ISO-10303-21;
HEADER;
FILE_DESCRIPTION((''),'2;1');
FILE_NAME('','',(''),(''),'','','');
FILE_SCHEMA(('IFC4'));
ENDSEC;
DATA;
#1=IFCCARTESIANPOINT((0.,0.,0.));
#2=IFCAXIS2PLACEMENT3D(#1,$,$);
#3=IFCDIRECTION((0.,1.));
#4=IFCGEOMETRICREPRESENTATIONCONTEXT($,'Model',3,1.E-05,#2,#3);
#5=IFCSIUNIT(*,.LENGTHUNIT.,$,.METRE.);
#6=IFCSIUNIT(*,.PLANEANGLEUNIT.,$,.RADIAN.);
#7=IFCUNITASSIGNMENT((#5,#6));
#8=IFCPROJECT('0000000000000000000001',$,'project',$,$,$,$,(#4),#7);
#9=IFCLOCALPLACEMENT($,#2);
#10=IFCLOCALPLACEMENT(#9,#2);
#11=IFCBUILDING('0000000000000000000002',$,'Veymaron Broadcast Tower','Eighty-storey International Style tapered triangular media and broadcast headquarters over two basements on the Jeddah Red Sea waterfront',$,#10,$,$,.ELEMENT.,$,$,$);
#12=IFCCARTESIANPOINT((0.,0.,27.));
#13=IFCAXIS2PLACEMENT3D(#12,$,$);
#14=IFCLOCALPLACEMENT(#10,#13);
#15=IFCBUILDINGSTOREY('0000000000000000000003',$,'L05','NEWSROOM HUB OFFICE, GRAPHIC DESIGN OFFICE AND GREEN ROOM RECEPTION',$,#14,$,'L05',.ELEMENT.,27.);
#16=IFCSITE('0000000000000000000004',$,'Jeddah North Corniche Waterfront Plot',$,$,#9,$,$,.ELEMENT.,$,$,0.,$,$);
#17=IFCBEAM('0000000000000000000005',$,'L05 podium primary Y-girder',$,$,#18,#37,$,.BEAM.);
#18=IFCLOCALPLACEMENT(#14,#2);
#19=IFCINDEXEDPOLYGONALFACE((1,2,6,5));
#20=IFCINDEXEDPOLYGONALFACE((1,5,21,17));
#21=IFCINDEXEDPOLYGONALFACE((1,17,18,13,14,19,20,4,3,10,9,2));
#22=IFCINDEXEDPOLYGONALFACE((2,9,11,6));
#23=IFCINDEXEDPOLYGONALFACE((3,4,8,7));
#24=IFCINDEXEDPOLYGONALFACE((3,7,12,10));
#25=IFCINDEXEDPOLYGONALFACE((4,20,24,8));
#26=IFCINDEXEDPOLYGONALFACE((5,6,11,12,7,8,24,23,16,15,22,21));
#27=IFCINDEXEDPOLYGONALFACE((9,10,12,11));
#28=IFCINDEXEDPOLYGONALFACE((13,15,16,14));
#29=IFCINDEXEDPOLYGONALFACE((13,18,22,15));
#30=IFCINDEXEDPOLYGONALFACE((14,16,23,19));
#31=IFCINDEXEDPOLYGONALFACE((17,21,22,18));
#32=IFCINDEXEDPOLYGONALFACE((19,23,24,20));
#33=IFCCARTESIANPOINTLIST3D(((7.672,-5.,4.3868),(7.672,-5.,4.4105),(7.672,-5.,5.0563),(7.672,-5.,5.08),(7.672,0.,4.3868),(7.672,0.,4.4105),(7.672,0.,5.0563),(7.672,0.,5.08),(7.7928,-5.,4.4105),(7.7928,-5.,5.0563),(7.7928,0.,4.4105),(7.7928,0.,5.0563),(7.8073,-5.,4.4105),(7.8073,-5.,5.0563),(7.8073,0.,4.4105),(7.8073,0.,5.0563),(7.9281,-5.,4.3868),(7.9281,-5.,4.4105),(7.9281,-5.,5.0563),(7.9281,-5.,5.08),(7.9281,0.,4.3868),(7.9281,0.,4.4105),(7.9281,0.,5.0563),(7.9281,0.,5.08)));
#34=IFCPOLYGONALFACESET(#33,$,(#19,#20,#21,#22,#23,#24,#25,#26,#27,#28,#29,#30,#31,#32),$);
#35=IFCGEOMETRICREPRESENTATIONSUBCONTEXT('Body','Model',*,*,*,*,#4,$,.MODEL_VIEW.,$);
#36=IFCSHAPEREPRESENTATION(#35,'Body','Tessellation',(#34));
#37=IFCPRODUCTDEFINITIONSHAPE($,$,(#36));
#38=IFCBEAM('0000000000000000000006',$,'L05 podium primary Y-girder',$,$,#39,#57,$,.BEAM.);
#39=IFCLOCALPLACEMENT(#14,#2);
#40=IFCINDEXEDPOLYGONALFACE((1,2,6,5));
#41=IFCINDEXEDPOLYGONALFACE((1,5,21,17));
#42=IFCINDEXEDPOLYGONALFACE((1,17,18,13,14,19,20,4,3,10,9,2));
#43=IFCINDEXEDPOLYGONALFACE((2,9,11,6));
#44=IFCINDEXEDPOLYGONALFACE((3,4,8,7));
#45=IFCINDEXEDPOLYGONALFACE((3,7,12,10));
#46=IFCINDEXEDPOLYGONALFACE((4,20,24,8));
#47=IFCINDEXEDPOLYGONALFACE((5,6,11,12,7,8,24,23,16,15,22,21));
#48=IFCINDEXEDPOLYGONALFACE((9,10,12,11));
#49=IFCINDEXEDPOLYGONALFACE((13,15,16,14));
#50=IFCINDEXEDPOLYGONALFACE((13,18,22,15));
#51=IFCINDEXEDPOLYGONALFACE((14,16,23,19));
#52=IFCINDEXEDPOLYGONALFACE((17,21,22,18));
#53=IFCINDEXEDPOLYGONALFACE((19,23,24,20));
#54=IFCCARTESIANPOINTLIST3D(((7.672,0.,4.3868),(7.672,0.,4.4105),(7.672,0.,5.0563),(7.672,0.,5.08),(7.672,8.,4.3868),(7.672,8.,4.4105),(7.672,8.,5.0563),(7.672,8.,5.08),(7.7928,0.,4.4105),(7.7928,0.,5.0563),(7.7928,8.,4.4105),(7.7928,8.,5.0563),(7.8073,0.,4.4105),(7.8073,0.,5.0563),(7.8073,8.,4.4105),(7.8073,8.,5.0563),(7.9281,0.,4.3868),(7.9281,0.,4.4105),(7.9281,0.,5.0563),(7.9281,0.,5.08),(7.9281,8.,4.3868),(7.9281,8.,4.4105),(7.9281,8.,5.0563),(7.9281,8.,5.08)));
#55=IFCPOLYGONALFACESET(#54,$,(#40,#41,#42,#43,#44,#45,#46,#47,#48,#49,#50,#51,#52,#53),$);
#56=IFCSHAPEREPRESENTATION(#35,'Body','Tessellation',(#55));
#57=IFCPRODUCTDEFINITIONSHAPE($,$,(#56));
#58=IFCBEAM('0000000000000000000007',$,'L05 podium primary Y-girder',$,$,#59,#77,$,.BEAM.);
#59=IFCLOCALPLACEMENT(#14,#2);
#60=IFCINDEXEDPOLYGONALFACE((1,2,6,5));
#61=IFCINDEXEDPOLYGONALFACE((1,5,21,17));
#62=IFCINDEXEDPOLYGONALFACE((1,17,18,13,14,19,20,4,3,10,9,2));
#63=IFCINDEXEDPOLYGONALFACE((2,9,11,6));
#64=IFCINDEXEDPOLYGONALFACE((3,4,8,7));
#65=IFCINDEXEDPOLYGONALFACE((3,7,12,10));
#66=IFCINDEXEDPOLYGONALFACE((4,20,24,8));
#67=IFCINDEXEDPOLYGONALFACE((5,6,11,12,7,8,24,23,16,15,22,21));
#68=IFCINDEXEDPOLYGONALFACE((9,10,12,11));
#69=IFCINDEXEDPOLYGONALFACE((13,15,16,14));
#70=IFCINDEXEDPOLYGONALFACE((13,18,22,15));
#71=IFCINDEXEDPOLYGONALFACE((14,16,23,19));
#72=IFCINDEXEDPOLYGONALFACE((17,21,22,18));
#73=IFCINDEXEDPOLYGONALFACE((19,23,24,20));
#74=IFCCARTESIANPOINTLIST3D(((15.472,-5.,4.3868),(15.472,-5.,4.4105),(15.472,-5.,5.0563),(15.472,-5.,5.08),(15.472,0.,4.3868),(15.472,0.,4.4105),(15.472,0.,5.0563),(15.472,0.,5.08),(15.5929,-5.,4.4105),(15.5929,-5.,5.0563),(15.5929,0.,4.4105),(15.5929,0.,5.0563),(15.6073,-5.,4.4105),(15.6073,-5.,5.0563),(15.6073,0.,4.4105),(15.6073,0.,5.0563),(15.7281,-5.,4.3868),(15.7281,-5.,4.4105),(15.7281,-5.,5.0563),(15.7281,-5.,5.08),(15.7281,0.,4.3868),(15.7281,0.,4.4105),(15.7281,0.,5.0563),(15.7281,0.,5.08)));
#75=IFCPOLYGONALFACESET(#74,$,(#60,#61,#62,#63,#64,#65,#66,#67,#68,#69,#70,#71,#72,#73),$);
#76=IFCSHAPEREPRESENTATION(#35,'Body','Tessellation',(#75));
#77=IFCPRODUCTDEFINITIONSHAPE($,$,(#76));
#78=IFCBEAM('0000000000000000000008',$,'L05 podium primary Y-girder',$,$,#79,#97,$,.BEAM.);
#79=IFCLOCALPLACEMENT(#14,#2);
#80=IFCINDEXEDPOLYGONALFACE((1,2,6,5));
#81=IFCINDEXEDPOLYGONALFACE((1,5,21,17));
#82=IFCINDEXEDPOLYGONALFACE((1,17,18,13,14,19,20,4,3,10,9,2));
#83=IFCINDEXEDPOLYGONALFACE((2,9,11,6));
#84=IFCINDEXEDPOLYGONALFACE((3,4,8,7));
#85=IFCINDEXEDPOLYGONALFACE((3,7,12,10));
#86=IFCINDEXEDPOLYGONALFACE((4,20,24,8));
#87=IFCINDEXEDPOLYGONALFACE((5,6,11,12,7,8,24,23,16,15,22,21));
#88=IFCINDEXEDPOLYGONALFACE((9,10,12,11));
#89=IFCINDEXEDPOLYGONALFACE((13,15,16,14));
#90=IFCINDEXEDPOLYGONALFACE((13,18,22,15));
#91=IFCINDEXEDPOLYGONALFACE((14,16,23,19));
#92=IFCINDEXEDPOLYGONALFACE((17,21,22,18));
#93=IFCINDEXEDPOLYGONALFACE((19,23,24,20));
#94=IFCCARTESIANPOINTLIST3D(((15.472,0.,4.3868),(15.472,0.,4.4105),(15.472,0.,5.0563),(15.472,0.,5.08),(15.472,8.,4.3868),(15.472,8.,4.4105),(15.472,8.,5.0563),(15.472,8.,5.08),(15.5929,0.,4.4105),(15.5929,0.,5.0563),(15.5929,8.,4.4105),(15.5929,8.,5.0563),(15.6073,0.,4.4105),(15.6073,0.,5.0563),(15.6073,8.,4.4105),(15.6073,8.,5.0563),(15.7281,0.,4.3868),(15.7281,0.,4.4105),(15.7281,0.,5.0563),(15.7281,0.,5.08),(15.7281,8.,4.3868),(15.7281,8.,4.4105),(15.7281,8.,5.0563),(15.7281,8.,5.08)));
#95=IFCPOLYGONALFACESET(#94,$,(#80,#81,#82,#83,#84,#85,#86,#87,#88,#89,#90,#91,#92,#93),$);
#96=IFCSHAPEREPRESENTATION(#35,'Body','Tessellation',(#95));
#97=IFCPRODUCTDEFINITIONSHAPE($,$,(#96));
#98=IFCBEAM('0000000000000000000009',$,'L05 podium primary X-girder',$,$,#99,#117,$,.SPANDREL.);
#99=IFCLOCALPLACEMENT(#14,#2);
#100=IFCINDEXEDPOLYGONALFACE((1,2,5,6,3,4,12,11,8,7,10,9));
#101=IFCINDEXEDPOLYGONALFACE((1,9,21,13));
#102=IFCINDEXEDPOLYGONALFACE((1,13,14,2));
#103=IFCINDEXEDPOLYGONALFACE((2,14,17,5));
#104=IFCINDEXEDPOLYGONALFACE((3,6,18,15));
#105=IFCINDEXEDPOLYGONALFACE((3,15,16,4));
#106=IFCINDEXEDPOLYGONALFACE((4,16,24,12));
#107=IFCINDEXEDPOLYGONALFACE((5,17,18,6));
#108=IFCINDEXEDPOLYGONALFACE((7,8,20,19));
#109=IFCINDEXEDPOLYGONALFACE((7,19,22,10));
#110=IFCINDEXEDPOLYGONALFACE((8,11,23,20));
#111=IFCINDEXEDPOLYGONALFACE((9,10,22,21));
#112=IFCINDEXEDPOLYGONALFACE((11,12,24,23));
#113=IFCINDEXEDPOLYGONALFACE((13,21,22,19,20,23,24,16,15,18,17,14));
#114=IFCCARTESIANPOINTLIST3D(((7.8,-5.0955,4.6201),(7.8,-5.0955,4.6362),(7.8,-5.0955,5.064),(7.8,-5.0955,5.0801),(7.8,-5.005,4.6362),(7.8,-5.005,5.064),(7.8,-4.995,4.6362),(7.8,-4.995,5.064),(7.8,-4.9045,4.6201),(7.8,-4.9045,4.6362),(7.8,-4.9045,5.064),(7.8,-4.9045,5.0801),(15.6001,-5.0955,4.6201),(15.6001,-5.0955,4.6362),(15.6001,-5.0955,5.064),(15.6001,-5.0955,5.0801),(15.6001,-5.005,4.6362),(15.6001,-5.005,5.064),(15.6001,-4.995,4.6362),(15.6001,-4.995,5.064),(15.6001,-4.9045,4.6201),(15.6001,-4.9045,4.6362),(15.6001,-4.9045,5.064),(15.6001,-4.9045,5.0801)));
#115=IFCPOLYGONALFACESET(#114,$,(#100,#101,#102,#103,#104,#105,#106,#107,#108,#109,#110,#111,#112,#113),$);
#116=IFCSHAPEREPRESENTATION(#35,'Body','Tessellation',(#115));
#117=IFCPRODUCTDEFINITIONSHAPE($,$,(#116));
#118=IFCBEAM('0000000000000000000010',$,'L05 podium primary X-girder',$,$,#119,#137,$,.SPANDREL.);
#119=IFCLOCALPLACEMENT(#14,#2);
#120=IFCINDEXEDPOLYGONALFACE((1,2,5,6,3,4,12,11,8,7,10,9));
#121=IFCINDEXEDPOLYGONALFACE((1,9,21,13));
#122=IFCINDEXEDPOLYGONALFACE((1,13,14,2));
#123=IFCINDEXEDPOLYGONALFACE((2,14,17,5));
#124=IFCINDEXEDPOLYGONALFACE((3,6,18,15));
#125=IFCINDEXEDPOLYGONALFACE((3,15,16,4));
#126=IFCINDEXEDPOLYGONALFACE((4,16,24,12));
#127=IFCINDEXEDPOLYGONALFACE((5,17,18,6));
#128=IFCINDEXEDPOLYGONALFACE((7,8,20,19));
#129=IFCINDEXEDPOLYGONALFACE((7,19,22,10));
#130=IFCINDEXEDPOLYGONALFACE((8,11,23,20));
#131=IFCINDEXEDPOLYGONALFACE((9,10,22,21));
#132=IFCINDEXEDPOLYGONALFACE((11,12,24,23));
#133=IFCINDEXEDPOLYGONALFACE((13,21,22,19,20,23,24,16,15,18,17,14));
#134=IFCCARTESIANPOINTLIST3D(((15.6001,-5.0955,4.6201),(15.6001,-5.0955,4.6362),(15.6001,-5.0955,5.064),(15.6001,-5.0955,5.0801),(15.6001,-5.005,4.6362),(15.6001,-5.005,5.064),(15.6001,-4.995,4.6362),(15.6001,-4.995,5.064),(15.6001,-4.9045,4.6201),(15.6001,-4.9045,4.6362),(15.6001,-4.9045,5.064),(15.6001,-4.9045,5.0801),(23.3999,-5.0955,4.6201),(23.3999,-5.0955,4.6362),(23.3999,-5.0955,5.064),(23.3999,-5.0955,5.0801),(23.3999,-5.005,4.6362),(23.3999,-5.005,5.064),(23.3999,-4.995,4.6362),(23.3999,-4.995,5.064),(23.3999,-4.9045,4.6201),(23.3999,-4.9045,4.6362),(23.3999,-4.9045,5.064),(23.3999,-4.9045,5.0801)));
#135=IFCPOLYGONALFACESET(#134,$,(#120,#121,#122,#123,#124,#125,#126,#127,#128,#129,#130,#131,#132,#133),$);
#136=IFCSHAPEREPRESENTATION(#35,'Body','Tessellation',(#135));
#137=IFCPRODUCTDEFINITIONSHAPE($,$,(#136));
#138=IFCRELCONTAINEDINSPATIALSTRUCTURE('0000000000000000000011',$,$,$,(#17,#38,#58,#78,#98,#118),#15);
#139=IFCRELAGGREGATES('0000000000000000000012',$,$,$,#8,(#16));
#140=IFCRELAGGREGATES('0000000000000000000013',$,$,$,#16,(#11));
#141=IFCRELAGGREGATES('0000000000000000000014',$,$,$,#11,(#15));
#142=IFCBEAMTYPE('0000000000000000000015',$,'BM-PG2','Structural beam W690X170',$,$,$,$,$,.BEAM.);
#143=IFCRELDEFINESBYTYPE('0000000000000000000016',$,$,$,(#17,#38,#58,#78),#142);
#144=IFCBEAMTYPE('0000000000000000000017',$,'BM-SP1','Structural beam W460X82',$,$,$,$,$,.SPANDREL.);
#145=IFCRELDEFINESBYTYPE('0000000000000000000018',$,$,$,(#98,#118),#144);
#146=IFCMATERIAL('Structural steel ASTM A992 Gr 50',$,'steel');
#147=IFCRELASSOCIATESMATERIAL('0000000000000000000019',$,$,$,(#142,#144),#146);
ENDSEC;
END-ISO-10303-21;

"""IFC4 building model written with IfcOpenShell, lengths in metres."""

from ifc_helpers import new_model, si_unit, direction, frame, origin, origin_2d, place, context, subcontext, project, spatial, i_section, extrude, material, material_profile, profile_set, type_object, element, save


model = new_model("IFC4")

# Units and contexts
model_context = context("Model", 3, precision=1e-05, world=origin(), true_north=direction((0.0, 1.0)))
body_context = subcontext(model_context, "Body", "Model", "MODEL_VIEW")
ifc_project = project(units=[si_unit("LENGTHUNIT", "METRE"), si_unit("PLANEANGLEUNIT", "RADIAN")], contexts=[model_context])

# Site, building, storey
site_placement = place(None, origin())
site = spatial("IfcSite", under=ifc_project, at=site_placement, Name="Jeddah North Corniche Waterfront Plot", CompositionType="ELEMENT", RefElevation=0.0)
building_placement = place(site_placement, origin())
building = spatial("IfcBuilding", under=site, at=building_placement, Name="Veymaron Broadcast Tower", Description="Eighty-storey International Style tapered triangular media and broadcast headquarters over two basements on the Jeddah Red Sea waterfront", CompositionType="ELEMENT")
storey_placement = place(building_placement, frame((0.0, 0.0, 27.0)))
storey = spatial("IfcBuildingStorey", under=building, at=storey_placement, Name="L05", Description="NEWSROOM HUB OFFICE, GRAPHIC DESIGN OFFICE AND GREEN ROOM RECEPTION", LongName="L05", CompositionType="ELEMENT", Elevation=27.0)

# Shared definitions
ifc_material_1 = material(Name="Structural steel ASTM A992 Gr 50", Category="steel")

# Beams
ifc_material_profile_1 = material_profile(ifc_material_1, i_section(OverallWidth=0.2561, OverallDepth=0.6931, WebThickness=0.0144, FlangeThickness=0.0237, at=origin_2d()), Name="W690X170")
ifc_profile_set_1 = profile_set([ifc_material_profile_1], Name="Structural steel ASTM A992 Gr 50")
beam_type_1 = type_object("IfcBeamType", Name="BM-PG2", Description="Structural beam W690X170", PredefinedType="BEAM", material=ifc_profile_set_1)
beam_1_placement = place(storey_placement, frame((7.8, -5.0, 4.7334), z_axis=(0.0, 1.0, 0.0), x_axis=(-1.0, 0.0, 0.0)))
element("IfcBeam", 1, at=beam_1_placement, inside=storey, type_object=beam_type_1, Name="L05 podium primary Y-girder", PredefinedType="BEAM", context=body_context, shape_type="SweptSolid", body=[
    extrude(i_section(OverallWidth=0.2561, OverallDepth=0.6931, WebThickness=0.0144, FlangeThickness=0.0237, at=origin_2d()), origin(), (0.0, 0.0, 1.0), 5.0),
])
beam_2_placement = place(storey_placement, frame((7.8, 0.0, 4.7334), z_axis=(0.0, 1.0, 0.0), x_axis=(-1.0, 0.0, 0.0)))
element("IfcBeam", 2, at=beam_2_placement, inside=storey, type_object=beam_type_1, Name="L05 podium primary Y-girder", PredefinedType="BEAM", context=body_context, shape_type="SweptSolid", body=[
    extrude(i_section(OverallWidth=0.2561, OverallDepth=0.6931, WebThickness=0.0144, FlangeThickness=0.0237, at=origin_2d()), origin(), (0.0, 0.0, 1.0), 8.0),
])
beam_3_placement = place(storey_placement, frame((15.6001, -5.0, 4.7334), z_axis=(0.0, 1.0, 0.0), x_axis=(-1.0, 0.0, 0.0)))
element("IfcBeam", 3, at=beam_3_placement, inside=storey, type_object=beam_type_1, Name="L05 podium primary Y-girder", PredefinedType="BEAM", context=body_context, shape_type="SweptSolid", body=[
    extrude(i_section(OverallWidth=0.2561, OverallDepth=0.6931, WebThickness=0.0144, FlangeThickness=0.0237, at=origin_2d()), origin(), (0.0, 0.0, 1.0), 5.0),
])
beam_4_placement = place(storey_placement, frame((15.6001, 0.0, 4.7334), z_axis=(0.0, 1.0, 0.0), x_axis=(-1.0, 0.0, 0.0)))
element("IfcBeam", 4, at=beam_4_placement, inside=storey, type_object=beam_type_1, Name="L05 podium primary Y-girder", PredefinedType="BEAM", context=body_context, shape_type="SweptSolid", body=[
    extrude(i_section(OverallWidth=0.2561, OverallDepth=0.6931, WebThickness=0.0144, FlangeThickness=0.0237, at=origin_2d()), origin(), (0.0, 0.0, 1.0), 8.0),
])
ifc_material_profile_2 = material_profile(ifc_material_1, i_section(OverallWidth=0.1909, OverallDepth=0.46, WebThickness=0.01, FlangeThickness=0.0161, at=origin_2d()), Name="W460X82")
ifc_profile_set_2 = profile_set([ifc_material_profile_2], Name="Structural steel ASTM A992 Gr 50")
beam_type_2 = type_object("IfcBeamType", Name="BM-SP1", Description="Structural beam W460X82", PredefinedType="SPANDREL", material=ifc_profile_set_2)
beam_5_placement = place(storey_placement, frame((7.8, -5.0, 4.8501), z_axis=(1.0, 0.0, 0.0), x_axis=(0.0, 1.0, 0.0)))
element("IfcBeam", 5, at=beam_5_placement, inside=storey, type_object=beam_type_2, Name="L05 podium primary X-girder", PredefinedType="SPANDREL", context=body_context, shape_type="SweptSolid", body=[
    extrude(i_section(OverallWidth=0.1909, OverallDepth=0.46, WebThickness=0.01, FlangeThickness=0.0161, at=origin_2d()), origin(), (0.0, 0.0, 1.0), 7.8),
])
beam_6_placement = place(storey_placement, frame((15.6001, -5.0, 4.8501), z_axis=(1.0, 0.0, 0.0), x_axis=(0.0, 1.0, 0.0)))
element("IfcBeam", 6, at=beam_6_placement, inside=storey, type_object=beam_type_2, Name="L05 podium primary X-girder", PredefinedType="SPANDREL", context=body_context, shape_type="SweptSolid", body=[
    extrude(i_section(OverallWidth=0.1909, OverallDepth=0.46, WebThickness=0.01, FlangeThickness=0.0161, at=origin_2d()), origin(), (0.0, 0.0, 1.0), 7.7998),
])

save(model, "model.ifc")
